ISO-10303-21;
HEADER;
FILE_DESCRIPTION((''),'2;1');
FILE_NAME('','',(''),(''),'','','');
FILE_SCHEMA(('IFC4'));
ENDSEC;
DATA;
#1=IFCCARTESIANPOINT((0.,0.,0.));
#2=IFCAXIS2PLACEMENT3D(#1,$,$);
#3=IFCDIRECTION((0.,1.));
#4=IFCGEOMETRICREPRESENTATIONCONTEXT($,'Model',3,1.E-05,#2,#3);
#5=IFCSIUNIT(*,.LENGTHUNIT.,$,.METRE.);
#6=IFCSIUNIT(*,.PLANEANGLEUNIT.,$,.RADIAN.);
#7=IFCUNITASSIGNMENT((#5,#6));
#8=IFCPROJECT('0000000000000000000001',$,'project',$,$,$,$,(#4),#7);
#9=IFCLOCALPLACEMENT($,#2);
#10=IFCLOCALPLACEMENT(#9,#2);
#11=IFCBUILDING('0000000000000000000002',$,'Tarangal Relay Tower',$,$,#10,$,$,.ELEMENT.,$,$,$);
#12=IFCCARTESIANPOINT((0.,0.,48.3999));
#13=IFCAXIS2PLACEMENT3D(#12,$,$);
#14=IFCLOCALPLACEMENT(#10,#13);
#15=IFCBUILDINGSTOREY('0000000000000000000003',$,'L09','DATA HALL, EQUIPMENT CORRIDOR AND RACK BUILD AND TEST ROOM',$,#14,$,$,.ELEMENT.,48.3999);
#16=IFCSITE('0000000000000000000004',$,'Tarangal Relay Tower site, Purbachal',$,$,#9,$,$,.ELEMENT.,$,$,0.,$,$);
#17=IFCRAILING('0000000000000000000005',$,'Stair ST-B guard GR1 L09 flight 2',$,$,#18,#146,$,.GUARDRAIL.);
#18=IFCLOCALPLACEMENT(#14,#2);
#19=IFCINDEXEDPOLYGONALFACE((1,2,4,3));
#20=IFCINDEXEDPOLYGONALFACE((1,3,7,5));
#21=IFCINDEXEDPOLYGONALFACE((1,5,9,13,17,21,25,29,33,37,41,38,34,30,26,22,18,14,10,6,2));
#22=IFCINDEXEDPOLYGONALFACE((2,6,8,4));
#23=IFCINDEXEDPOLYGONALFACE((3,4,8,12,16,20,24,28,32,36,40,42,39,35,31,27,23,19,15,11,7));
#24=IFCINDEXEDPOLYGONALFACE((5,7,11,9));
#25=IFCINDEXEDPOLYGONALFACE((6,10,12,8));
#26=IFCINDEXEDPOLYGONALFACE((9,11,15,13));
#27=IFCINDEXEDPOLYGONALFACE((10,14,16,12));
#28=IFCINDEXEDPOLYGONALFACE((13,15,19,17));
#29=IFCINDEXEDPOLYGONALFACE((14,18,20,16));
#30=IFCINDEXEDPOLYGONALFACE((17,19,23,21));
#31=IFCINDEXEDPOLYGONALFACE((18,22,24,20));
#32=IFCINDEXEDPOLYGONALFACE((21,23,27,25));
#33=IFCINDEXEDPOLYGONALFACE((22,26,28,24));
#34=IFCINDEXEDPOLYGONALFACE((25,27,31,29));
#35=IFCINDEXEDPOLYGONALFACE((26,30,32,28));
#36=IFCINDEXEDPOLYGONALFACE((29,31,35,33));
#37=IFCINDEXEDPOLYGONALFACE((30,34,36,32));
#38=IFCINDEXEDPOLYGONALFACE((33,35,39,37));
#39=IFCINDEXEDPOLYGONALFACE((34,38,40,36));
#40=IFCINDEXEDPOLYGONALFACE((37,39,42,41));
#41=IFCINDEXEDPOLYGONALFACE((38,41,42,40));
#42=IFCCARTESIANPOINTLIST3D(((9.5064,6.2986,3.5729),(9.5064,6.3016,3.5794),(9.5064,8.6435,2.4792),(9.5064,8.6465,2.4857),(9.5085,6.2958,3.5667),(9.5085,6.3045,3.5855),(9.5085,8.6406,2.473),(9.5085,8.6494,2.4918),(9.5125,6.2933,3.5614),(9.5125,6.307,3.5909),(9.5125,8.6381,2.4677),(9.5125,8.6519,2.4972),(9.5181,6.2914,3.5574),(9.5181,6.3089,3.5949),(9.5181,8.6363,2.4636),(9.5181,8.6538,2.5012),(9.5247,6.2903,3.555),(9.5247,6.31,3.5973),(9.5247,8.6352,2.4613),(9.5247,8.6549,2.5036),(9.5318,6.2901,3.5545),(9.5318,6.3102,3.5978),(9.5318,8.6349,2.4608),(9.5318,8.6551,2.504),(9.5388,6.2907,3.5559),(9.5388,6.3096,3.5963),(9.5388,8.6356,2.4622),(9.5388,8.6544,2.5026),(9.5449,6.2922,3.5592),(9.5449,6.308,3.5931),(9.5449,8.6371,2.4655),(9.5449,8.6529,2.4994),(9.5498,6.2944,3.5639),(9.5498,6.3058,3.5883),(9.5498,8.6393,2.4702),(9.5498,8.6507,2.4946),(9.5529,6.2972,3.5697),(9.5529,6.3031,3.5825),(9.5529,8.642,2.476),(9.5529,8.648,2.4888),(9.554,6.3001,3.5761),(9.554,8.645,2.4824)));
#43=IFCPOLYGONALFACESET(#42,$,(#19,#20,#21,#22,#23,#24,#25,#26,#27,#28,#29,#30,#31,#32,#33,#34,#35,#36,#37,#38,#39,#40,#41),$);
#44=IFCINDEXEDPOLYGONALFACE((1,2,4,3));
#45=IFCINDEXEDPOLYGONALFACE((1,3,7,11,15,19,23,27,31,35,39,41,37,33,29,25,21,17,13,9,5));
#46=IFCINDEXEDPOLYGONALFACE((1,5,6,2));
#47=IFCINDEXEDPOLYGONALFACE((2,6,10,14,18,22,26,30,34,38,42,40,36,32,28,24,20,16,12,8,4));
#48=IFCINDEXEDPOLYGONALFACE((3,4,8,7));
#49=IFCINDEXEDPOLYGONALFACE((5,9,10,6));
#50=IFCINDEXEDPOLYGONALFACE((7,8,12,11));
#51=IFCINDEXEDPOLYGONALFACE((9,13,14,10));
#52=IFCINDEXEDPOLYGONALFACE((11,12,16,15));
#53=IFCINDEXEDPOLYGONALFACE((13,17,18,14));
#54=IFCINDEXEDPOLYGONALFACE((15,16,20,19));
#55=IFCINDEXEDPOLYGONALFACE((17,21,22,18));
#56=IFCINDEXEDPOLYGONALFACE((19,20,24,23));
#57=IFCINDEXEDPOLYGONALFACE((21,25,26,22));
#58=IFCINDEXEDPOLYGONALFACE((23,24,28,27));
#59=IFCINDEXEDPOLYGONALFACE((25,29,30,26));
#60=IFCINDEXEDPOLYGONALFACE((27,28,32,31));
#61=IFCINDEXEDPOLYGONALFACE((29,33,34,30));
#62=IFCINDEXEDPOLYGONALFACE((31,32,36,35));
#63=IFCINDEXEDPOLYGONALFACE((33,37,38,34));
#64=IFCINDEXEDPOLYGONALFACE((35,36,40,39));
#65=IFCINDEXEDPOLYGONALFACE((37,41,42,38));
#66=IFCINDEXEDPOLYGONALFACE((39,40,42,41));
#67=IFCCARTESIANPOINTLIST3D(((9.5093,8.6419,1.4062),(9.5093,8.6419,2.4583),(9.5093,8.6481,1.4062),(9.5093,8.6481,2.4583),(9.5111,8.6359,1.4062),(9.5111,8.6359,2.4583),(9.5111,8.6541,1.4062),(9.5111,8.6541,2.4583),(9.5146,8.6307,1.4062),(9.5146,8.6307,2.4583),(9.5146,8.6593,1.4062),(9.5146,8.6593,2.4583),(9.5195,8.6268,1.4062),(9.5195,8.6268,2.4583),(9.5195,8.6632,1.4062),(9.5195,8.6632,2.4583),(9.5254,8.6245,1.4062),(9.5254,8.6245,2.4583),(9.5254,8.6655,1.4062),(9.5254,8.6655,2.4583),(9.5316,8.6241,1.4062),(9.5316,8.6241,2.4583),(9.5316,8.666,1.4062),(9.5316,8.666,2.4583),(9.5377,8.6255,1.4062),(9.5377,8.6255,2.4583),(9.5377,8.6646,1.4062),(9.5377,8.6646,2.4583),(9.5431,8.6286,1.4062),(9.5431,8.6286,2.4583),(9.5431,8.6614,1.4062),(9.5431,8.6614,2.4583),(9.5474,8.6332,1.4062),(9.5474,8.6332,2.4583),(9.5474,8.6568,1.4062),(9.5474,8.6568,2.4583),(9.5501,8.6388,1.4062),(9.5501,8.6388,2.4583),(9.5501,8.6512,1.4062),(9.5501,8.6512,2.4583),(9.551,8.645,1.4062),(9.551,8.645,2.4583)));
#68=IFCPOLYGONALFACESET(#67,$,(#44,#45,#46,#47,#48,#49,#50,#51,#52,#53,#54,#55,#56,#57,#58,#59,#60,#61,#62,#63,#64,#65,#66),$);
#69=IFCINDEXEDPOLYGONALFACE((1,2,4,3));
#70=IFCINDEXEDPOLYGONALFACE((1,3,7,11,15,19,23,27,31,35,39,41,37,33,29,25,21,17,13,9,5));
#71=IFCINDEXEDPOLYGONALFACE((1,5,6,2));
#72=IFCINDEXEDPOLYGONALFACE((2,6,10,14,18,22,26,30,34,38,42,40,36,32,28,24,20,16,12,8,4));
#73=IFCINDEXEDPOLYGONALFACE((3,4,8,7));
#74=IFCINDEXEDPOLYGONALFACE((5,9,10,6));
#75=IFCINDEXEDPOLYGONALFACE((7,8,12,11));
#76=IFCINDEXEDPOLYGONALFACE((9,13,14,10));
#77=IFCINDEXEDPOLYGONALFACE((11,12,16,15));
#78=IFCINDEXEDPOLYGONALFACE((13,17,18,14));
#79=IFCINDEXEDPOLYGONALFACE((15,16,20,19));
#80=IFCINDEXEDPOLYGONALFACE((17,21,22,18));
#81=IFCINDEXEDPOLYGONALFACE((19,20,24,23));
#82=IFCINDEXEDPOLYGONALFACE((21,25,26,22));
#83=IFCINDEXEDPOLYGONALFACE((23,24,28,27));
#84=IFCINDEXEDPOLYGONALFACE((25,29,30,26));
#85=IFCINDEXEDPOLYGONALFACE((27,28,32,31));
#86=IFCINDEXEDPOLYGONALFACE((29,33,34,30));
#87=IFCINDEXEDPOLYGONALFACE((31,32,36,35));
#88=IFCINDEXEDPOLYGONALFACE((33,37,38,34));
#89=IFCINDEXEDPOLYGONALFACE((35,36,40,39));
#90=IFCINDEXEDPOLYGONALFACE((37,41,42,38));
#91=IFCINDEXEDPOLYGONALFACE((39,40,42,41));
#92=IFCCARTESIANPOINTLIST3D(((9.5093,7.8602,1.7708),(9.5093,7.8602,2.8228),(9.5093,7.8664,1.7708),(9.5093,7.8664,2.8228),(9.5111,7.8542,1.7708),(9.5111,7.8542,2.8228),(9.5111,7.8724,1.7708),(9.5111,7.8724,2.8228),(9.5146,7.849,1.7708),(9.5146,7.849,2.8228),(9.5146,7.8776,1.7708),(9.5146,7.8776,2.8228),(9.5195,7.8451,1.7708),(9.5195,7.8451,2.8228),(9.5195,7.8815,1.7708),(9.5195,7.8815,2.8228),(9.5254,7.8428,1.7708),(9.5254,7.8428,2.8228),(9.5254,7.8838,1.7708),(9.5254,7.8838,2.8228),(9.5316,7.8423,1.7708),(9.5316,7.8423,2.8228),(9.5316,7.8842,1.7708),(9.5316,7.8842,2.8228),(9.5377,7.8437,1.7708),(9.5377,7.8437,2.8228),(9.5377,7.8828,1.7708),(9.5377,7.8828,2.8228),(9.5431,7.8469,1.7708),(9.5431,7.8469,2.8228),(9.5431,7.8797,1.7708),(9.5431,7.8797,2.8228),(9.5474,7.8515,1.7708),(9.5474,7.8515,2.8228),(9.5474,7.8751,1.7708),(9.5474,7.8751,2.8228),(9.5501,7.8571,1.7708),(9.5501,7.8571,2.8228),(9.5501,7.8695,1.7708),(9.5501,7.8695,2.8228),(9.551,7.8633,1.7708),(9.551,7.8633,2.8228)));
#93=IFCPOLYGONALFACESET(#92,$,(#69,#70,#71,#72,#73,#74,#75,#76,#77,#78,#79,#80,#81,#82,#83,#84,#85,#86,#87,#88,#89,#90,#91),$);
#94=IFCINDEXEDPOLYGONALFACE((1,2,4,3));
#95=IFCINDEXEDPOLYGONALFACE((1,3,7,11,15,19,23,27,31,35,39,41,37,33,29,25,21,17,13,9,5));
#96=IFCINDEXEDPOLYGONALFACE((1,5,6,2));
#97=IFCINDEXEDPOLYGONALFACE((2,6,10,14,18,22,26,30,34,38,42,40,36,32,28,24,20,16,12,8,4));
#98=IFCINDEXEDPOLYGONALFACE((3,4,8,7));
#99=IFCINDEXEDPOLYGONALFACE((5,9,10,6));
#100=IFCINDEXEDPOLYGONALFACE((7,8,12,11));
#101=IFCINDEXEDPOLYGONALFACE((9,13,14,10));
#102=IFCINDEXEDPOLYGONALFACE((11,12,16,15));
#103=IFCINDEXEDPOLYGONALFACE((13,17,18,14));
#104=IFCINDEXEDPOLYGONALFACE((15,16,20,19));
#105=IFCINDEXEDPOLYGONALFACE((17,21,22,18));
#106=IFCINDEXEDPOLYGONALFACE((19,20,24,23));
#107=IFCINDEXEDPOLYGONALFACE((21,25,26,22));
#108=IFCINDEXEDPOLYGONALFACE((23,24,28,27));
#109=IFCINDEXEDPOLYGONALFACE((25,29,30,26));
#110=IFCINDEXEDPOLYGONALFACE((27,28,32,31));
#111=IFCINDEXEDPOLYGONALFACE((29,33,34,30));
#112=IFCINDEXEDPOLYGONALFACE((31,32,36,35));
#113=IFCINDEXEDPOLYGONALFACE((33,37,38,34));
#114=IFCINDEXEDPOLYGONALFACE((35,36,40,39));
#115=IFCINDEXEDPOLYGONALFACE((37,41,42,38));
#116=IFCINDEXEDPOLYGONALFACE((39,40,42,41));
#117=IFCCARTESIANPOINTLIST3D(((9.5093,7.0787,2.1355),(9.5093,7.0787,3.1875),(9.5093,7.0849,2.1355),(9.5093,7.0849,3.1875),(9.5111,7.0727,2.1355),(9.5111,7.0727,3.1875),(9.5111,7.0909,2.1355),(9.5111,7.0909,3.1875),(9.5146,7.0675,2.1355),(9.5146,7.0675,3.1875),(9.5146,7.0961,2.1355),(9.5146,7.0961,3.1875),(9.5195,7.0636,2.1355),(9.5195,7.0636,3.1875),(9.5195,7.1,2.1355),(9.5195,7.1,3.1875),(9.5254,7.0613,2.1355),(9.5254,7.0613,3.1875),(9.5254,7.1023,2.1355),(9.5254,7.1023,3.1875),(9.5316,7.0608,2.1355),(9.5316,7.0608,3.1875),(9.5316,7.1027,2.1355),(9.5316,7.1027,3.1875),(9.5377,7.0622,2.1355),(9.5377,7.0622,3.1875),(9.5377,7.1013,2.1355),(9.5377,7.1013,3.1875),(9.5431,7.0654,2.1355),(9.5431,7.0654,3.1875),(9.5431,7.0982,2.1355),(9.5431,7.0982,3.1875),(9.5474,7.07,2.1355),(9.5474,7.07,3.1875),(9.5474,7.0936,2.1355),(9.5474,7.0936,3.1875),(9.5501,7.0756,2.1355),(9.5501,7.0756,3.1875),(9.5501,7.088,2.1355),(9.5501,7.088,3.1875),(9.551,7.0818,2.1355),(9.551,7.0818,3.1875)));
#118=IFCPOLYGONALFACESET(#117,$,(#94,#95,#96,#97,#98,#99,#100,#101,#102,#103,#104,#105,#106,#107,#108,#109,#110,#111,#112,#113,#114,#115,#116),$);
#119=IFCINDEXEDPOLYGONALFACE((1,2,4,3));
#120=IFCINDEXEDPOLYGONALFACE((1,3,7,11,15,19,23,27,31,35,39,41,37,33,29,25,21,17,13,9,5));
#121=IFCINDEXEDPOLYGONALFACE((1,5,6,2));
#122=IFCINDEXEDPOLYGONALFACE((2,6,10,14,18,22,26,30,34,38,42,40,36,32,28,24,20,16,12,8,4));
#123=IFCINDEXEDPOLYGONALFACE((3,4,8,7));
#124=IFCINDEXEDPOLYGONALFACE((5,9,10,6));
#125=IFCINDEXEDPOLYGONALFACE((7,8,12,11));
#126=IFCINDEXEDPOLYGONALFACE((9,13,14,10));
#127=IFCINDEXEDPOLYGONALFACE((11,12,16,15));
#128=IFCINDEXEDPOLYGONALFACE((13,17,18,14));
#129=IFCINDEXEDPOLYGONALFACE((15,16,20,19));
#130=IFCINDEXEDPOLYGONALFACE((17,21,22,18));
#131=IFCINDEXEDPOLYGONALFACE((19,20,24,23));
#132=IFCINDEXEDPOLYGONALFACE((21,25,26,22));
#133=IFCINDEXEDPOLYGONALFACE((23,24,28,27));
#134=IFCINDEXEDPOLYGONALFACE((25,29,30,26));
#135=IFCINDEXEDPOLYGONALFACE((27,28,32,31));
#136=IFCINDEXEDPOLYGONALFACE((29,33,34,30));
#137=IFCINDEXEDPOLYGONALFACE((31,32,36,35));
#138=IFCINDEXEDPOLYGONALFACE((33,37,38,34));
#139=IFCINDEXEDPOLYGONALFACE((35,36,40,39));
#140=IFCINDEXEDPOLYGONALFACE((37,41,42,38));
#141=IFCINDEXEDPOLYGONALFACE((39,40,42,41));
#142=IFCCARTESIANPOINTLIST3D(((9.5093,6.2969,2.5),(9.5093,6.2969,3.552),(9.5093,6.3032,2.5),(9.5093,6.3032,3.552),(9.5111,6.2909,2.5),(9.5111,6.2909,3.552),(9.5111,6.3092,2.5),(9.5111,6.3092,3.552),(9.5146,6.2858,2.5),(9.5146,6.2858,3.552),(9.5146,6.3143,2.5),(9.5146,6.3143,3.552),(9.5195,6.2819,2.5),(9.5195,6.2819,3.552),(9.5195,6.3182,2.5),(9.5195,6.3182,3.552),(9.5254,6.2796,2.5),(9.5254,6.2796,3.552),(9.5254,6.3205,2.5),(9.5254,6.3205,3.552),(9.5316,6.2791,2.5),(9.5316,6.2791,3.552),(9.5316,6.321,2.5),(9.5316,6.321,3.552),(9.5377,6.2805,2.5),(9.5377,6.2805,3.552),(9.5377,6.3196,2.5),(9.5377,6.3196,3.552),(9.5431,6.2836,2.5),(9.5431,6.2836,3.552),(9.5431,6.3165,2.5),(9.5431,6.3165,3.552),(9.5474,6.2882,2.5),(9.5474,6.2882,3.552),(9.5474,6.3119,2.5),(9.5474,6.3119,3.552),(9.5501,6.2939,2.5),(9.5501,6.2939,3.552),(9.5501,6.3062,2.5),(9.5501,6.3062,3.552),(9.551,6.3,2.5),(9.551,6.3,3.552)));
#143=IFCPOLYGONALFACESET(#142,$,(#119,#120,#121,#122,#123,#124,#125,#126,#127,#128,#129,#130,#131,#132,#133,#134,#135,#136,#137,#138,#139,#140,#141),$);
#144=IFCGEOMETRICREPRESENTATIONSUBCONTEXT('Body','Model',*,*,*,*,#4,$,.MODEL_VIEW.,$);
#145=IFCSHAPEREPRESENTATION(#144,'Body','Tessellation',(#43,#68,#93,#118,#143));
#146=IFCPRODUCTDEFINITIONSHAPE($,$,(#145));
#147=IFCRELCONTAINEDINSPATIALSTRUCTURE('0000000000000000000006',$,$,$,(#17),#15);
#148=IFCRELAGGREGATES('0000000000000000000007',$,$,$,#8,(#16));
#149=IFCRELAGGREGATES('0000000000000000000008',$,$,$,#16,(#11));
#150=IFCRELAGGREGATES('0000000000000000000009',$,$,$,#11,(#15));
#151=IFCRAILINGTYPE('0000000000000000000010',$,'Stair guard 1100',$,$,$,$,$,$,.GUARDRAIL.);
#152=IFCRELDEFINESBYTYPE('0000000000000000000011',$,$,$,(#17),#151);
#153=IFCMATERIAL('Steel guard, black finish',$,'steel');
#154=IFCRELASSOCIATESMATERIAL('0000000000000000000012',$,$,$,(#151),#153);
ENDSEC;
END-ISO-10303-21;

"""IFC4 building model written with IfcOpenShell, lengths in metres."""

from ifc_helpers import new_model, si_unit, direction, frame, origin, origin_2d, place, context, subcontext, project, spatial, circle, extrude, material, type_object, element, save


model = new_model("IFC4")

# Units and contexts
model_context = context("Model", 3, precision=1e-05, world=origin(), true_north=direction((0.0, 1.0)))
body_context = subcontext(model_context, "Body", "Model", "MODEL_VIEW")
ifc_project = project(units=[si_unit("LENGTHUNIT", "METRE"), si_unit("PLANEANGLEUNIT", "RADIAN")], contexts=[model_context])

# Site, building, storey
site_placement = place(None, origin())
site = spatial("IfcSite", under=ifc_project, at=site_placement, Name="Tarangal Relay Tower site, Purbachal", CompositionType="ELEMENT", RefElevation=0.0)
building_placement = place(site_placement, origin())
building = spatial("IfcBuilding", under=site, at=building_placement, Name="Tarangal Relay Tower", CompositionType="ELEMENT")
storey_placement = place(building_placement, frame((0.0, 0.0, 48.3999)))
storey = spatial("IfcBuildingStorey", under=building, at=storey_placement, Name="L09", Description="DATA HALL, EQUIPMENT CORRIDOR AND RACK BUILD AND TEST ROOM", CompositionType="ELEMENT", Elevation=48.3999)

# Railing
ifc_material_1 = material(Name="Steel guard, black finish", Category="steel")
railing_type_1 = type_object("IfcRailingType", Name="Stair guard 1100", PredefinedType="GUARDRAIL", material=ifc_material_1)
railing_1_placement = place(storey_placement, frame((9.53, 8.645, 1.4062)))
element("IfcRailing", 1, at=railing_1_placement, inside=storey, type_object=railing_type_1, Name="Stair ST-B guard GR1 L09 flight 2", PredefinedType="GUARDRAIL", context=body_context, shape_type="SweptSolid", body=[
    extrude(circle(Radius=0.0239, at=origin_2d()), frame((0.0, 0.0, 1.0762), z_axis=(0.0, -0.906267, 0.422705), x_axis=(1.0, 0.0, 0.0)), (0.0, 0.0, 1.0), 2.5874),
    extrude(circle(Radius=0.021, at=origin_2d()), origin(), (0.0, 0.0, 1.0), 1.052),
    extrude(circle(Radius=0.021, at=origin_2d()), frame((0.0, -0.7817, 0.3645)), (0.0, 0.0, 1.0), 1.052),
    extrude(circle(Radius=0.021, at=origin_2d()), frame((0.0, -1.5632, 0.7292)), (0.0, 0.0, 1.0), 1.052),
    extrude(circle(Radius=0.021, at=origin_2d()), frame((0.0, -2.345, 1.0938)), (0.0, 0.0, 1.0), 1.052),
])

save(model, "model.ifc")
